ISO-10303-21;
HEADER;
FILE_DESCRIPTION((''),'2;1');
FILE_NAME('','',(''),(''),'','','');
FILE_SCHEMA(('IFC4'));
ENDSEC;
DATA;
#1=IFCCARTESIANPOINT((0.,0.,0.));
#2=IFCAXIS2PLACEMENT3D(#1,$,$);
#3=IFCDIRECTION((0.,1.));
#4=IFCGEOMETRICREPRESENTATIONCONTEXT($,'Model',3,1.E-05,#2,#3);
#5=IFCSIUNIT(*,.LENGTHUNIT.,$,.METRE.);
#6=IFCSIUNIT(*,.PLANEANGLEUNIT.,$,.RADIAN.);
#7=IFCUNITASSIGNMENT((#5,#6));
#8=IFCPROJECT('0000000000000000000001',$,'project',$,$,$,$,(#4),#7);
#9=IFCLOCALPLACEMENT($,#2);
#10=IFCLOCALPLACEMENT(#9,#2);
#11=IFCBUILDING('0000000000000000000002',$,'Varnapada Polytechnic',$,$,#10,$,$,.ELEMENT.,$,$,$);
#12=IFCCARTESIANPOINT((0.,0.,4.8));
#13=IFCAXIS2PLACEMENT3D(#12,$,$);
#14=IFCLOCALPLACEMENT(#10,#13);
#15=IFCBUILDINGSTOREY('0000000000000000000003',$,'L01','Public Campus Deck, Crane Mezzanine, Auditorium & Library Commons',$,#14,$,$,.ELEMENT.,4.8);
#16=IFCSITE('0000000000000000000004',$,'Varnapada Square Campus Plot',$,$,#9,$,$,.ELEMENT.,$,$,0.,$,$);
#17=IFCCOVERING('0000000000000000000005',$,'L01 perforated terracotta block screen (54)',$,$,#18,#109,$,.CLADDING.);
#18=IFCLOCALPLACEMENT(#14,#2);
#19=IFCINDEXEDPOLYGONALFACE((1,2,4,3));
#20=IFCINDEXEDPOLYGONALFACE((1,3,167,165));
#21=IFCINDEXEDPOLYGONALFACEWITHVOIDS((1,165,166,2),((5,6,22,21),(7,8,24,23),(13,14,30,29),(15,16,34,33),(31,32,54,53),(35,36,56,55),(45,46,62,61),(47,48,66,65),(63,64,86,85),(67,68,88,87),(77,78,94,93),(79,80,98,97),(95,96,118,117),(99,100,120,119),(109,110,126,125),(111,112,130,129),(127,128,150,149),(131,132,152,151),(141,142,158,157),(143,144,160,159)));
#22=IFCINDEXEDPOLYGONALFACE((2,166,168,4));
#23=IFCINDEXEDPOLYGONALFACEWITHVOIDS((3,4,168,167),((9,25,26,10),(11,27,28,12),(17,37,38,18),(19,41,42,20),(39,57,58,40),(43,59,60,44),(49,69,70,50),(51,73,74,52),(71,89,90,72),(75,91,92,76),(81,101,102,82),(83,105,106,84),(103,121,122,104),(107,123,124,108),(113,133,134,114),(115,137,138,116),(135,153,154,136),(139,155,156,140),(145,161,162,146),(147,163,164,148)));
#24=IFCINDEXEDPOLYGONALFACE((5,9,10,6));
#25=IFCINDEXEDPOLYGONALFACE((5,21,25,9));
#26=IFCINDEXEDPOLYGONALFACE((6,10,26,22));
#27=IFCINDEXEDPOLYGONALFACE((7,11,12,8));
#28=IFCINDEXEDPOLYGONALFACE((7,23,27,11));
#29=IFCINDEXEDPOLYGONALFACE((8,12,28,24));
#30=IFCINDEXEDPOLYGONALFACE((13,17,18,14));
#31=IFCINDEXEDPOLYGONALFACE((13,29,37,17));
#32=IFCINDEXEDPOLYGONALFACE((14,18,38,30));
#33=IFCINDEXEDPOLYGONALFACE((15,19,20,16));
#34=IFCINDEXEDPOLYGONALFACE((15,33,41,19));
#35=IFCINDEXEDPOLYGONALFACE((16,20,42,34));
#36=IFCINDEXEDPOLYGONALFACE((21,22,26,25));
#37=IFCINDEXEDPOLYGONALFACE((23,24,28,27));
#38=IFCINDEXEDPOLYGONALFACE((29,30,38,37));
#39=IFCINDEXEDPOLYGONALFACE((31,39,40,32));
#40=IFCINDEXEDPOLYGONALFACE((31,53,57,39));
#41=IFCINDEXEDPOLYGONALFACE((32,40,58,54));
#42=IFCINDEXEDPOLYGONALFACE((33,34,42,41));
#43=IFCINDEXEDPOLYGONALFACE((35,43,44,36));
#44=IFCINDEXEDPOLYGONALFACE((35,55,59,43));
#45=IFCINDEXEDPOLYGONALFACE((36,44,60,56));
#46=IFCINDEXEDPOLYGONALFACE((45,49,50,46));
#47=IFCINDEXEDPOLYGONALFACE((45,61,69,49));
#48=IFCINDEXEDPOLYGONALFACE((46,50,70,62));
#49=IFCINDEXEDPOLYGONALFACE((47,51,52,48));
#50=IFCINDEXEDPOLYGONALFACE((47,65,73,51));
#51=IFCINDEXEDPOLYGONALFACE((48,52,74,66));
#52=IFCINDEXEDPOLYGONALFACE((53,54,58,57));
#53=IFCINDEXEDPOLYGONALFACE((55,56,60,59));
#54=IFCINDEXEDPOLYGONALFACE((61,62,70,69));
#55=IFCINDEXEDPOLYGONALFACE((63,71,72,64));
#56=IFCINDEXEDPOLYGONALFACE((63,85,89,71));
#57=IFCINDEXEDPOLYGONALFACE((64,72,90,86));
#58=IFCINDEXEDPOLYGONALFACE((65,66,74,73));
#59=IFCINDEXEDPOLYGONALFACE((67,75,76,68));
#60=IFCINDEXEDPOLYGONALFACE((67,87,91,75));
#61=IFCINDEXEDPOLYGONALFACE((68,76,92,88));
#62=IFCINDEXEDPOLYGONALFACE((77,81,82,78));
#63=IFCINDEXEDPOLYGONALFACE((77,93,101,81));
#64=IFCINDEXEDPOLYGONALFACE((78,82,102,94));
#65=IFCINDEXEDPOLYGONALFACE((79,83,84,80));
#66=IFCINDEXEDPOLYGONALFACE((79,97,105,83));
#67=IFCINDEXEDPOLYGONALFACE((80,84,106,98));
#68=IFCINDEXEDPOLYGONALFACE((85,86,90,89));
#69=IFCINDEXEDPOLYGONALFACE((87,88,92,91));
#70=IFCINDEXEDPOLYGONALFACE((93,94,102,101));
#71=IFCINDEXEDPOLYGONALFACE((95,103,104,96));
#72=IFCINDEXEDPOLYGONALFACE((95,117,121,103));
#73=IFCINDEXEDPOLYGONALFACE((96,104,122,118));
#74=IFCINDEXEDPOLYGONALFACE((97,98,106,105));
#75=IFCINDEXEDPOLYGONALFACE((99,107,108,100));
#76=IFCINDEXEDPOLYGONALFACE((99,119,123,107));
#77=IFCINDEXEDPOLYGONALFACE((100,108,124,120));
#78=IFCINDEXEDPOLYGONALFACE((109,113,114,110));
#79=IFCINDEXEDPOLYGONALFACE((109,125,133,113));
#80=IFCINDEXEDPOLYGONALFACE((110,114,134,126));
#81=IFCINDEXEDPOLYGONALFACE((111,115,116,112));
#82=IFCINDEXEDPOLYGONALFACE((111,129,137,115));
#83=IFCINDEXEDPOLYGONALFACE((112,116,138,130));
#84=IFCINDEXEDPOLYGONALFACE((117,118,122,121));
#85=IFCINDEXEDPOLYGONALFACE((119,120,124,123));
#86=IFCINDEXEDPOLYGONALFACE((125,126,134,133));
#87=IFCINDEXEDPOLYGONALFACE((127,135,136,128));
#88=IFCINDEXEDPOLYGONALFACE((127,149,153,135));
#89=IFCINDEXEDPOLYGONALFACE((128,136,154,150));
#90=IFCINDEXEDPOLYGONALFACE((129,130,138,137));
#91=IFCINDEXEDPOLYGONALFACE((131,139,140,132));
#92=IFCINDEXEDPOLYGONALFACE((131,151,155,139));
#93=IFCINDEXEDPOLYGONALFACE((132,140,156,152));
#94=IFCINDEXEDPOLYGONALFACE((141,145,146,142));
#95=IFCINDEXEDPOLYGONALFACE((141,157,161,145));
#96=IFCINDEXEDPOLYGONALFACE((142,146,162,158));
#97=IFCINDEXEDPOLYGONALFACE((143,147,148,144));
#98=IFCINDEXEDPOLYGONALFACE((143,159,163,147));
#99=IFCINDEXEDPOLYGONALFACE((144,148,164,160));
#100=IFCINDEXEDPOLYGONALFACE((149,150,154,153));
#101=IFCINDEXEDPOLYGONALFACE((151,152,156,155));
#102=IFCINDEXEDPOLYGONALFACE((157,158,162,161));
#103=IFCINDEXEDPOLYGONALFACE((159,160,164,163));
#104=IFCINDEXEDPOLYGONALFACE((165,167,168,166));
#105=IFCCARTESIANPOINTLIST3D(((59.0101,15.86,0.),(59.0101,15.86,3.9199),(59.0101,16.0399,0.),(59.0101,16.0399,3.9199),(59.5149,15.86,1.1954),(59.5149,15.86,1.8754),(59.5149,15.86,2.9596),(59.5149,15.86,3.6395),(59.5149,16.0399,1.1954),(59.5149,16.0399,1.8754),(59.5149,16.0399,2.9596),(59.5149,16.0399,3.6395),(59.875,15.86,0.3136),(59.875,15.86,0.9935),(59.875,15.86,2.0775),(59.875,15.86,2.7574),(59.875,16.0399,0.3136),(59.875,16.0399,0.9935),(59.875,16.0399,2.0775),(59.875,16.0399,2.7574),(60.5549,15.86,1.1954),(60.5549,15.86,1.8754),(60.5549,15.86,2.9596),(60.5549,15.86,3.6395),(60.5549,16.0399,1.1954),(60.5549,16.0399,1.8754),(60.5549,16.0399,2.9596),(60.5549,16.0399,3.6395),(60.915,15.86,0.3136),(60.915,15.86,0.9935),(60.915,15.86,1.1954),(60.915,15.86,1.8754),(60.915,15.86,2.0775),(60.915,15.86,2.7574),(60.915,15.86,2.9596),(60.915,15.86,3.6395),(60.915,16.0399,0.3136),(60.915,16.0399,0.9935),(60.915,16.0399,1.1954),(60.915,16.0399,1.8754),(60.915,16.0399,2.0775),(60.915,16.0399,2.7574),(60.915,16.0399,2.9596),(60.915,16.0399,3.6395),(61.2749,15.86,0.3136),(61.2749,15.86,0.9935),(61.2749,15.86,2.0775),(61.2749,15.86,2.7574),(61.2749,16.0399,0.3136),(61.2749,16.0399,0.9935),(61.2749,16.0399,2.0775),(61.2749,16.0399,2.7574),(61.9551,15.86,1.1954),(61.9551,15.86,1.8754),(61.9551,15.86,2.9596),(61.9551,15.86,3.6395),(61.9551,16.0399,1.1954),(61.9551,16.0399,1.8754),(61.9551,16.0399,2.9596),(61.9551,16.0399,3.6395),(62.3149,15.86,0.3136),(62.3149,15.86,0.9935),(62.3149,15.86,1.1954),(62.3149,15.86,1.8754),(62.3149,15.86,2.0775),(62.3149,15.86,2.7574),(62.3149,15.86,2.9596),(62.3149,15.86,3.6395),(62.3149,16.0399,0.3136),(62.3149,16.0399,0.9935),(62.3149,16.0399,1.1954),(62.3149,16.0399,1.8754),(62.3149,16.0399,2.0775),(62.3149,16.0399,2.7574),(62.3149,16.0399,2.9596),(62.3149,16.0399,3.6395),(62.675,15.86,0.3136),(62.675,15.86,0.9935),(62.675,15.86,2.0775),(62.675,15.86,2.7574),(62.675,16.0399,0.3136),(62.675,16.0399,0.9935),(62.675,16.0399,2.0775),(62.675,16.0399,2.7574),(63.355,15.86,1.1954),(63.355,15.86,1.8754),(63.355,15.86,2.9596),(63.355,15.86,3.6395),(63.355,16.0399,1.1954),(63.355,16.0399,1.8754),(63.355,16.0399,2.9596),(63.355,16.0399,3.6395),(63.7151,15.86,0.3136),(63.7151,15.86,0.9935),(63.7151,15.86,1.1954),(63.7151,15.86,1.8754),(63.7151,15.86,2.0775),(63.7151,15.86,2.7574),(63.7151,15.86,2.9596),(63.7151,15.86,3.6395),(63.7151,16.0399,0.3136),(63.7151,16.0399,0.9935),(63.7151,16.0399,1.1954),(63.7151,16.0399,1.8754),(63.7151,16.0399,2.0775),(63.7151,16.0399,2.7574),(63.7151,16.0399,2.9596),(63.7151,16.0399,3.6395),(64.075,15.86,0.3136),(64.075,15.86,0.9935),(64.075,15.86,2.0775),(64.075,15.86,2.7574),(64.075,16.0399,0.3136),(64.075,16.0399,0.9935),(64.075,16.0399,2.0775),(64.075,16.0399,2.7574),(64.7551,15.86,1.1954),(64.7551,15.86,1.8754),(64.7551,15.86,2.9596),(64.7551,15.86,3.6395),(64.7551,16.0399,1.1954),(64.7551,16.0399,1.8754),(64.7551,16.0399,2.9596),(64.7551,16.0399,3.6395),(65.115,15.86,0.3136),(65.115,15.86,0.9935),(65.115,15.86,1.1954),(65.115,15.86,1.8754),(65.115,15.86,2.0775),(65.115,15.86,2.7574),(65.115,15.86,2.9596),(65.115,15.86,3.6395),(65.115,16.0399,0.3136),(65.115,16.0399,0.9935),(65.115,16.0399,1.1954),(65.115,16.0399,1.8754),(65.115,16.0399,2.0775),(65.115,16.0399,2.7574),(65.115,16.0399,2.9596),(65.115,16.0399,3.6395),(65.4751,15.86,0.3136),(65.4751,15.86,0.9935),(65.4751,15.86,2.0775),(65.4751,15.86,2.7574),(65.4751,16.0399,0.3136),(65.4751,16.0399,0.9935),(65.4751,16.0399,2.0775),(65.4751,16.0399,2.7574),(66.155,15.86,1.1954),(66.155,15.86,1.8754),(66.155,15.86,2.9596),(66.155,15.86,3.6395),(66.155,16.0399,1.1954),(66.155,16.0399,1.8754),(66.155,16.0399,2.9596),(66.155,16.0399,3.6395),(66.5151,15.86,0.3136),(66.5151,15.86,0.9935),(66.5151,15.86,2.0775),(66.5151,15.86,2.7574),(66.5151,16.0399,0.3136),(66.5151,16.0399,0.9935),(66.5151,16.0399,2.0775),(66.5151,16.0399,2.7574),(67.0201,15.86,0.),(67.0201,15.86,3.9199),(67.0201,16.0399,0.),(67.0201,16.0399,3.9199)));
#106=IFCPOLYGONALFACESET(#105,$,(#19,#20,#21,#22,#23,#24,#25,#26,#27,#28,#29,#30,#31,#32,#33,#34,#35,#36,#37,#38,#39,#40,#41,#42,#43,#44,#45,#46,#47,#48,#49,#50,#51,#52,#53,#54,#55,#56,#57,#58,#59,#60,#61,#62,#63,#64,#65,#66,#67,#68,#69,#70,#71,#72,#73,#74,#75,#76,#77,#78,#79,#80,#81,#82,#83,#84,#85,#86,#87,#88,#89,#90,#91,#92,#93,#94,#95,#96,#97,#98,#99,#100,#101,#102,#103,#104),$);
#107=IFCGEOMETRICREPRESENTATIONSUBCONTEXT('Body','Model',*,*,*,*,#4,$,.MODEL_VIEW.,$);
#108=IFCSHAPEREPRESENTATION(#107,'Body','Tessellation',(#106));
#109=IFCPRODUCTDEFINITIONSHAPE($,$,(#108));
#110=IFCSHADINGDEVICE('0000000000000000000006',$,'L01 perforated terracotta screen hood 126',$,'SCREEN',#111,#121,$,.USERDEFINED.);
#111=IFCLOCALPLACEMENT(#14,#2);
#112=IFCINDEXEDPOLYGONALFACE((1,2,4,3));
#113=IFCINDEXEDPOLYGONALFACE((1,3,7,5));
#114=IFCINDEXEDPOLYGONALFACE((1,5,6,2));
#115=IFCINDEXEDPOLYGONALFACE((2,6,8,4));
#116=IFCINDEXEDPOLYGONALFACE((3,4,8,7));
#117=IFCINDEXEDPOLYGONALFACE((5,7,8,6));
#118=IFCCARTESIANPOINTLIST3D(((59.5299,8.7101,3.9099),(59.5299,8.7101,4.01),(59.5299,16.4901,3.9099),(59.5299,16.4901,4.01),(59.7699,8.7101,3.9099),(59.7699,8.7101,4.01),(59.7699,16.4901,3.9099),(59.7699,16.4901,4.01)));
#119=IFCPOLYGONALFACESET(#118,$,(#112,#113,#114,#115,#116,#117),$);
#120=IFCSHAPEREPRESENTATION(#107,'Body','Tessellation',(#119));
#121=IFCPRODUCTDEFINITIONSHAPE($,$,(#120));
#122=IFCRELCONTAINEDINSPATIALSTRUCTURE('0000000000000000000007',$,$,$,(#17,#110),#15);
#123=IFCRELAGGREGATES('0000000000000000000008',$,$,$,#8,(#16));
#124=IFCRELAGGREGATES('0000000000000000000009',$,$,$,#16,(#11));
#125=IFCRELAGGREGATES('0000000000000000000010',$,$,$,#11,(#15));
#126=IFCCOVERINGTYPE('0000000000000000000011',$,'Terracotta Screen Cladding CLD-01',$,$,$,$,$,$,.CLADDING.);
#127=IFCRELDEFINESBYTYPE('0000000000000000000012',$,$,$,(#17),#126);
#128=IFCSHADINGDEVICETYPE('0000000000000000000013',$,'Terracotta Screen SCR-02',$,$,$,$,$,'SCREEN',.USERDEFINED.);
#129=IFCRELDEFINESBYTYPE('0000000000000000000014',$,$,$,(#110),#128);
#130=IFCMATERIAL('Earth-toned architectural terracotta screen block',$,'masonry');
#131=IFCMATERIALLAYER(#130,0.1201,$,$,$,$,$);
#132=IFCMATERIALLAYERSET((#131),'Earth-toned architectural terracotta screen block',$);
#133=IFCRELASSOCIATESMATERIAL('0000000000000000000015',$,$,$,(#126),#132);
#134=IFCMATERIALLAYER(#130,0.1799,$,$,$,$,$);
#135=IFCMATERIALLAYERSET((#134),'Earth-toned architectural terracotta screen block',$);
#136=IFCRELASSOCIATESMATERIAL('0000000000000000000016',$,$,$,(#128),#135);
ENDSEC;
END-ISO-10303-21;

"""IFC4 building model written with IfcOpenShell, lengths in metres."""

from ifc_helpers import new_model, si_unit, direction, frame, frame_2d, origin, origin_2d, place, context, subcontext, project, spatial, rectangle, extrude, material, layer, layer_set, type_object, element, save


model = new_model("IFC4")

# Units and contexts
model_context = context("Model", 3, precision=1e-05, world=origin(), true_north=direction((0.0, 1.0)))
body_context = subcontext(model_context, "Body", "Model", "MODEL_VIEW")
ifc_project = project(units=[si_unit("LENGTHUNIT", "METRE"), si_unit("PLANEANGLEUNIT", "RADIAN")], contexts=[model_context])

# Site, building, storey
site_placement = place(None, origin())
site = spatial("IfcSite", under=ifc_project, at=site_placement, Name="Varnapada Square Campus Plot", CompositionType="ELEMENT", RefElevation=0.0)
building_placement = place(site_placement, origin())
building = spatial("IfcBuilding", under=site, at=building_placement, Name="Varnapada Polytechnic", CompositionType="ELEMENT")
storey_placement = place(building_placement, frame((0.0, 0.0, 4.8)))
storey = spatial("IfcBuildingStorey", under=building, at=storey_placement, Name="L01", Description="Public Campus Deck, Crane Mezzanine, Auditorium & Library Commons", CompositionType="ELEMENT", Elevation=4.8)

# Covering, openings
ifc_material_1 = material(Name="Earth-toned architectural terracotta screen block", Category="masonry")
ifc_layer_1 = layer(ifc_material_1, 0.1201)
ifc_layer_set_1 = layer_set([ifc_layer_1], Name="Earth-toned architectural terracotta screen block")
covering_type = type_object("IfcCoveringType", Name="Terracotta Screen Cladding CLD-01", PredefinedType="CLADDING", material=ifc_layer_set_1)
covering_placement = place(storey_placement, frame((67.02, 15.95, 0.0), z_axis=(0.0, 0.0, 1.0), x_axis=(-1.0, 0.0, 0.0)))
covering = element("IfcCovering", 1, at=covering_placement, inside=storey, type_object=covering_type, Name="L01 perforated terracotta block screen (54)", PredefinedType="CLADDING", context=body_context, shape_type="SweptSolid", body=[
    extrude(rectangle(XDim=8.01, YDim=0.1799, at=frame_2d((4.0049, 0.0))), origin(), (0.0, 0.0, 1.0), 3.9199),
])
opening_1_placement = place(covering_placement, frame((0.5049, 0.0, 0.3137)))
element("IfcOpeningElement", 2, at=opening_1_placement, cuts=covering, PredefinedType="OPENING", context=body_context, shape_type="SweptSolid", body=[
    extrude(rectangle(XDim=1.04, YDim=0.6799, at=frame_2d((0.52, 0.3398))), frame((0.0, 0.0999, 0.0), z_axis=(0.0, -1.0, 0.0), x_axis=(1.0, 0.0, 0.0)), (0.0, 0.0, 1.0), 0.2),
])
opening_2_placement = place(covering_placement, frame((1.905, 0.0, 0.3137)))
element("IfcOpeningElement", 3, at=opening_2_placement, cuts=covering, PredefinedType="OPENING", context=body_context, shape_type="SweptSolid", body=[
    extrude(rectangle(XDim=1.04, YDim=0.6799, at=frame_2d((0.52, 0.3398))), frame((0.0, 0.0999, 0.0), z_axis=(0.0, -1.0, 0.0), x_axis=(1.0, 0.0, 0.0)), (0.0, 0.0, 1.0), 0.2),
])
opening_3_placement = place(covering_placement, frame((3.3049, 0.0, 0.3137)))
element("IfcOpeningElement", 4, at=opening_3_placement, cuts=covering, PredefinedType="OPENING", context=body_context, shape_type="SweptSolid", body=[
    extrude(rectangle(XDim=1.04, YDim=0.6799, at=frame_2d((0.52, 0.3398))), frame((0.0, 0.0999, 0.0), z_axis=(0.0, -1.0, 0.0), x_axis=(1.0, 0.0, 0.0)), (0.0, 0.0, 1.0), 0.2),
])
opening_4_placement = place(covering_placement, frame((4.7051, 0.0, 0.3137)))
element("IfcOpeningElement", 5, at=opening_4_placement, cuts=covering, PredefinedType="OPENING", context=body_context, shape_type="SweptSolid", body=[
    extrude(rectangle(XDim=1.04, YDim=0.6799, at=frame_2d((0.52, 0.3398))), frame((0.0, 0.0999, 0.0), z_axis=(0.0, -1.0, 0.0), x_axis=(1.0, 0.0, 0.0)), (0.0, 0.0, 1.0), 0.2),
])
opening_5_placement = place(covering_placement, frame((6.105, 0.0, 0.3137)))
element("IfcOpeningElement", 6, at=opening_5_placement, cuts=covering, PredefinedType="OPENING", context=body_context, shape_type="SweptSolid", body=[
    extrude(rectangle(XDim=1.04, YDim=0.6799, at=frame_2d((0.52, 0.3398))), frame((0.0, 0.0999, 0.0), z_axis=(0.0, -1.0, 0.0), x_axis=(1.0, 0.0, 0.0)), (0.0, 0.0, 1.0), 0.2),
])
opening_6_placement = place(covering_placement, frame((0.865, 0.0, 1.1956)))
element("IfcOpeningElement", 7, at=opening_6_placement, cuts=covering, PredefinedType="OPENING", context=body_context, shape_type="SweptSolid", body=[
    extrude(rectangle(XDim=1.04, YDim=0.6799, at=frame_2d((0.52, 0.3398))), frame((0.0, 0.0999, 0.0), z_axis=(0.0, -1.0, 0.0), x_axis=(1.0, 0.0, 0.0)), (0.0, 0.0, 1.0), 0.2),
])
opening_7_placement = place(covering_placement, frame((2.2649, 0.0, 1.1956)))
element("IfcOpeningElement", 8, at=opening_7_placement, cuts=covering, PredefinedType="OPENING", context=body_context, shape_type="SweptSolid", body=[
    extrude(rectangle(XDim=1.04, YDim=0.6799, at=frame_2d((0.52, 0.3398))), frame((0.0, 0.0999, 0.0), z_axis=(0.0, -1.0, 0.0), x_axis=(1.0, 0.0, 0.0)), (0.0, 0.0, 1.0), 0.2),
])
opening_8_placement = place(covering_placement, frame((3.665, 0.0, 1.1956)))
element("IfcOpeningElement", 9, at=opening_8_placement, cuts=covering, PredefinedType="OPENING", context=body_context, shape_type="SweptSolid", body=[
    extrude(rectangle(XDim=1.04, YDim=0.6799, at=frame_2d((0.52, 0.3398))), frame((0.0, 0.0999, 0.0), z_axis=(0.0, -1.0, 0.0), x_axis=(1.0, 0.0, 0.0)), (0.0, 0.0, 1.0), 0.2),
])
opening_9_placement = place(covering_placement, frame((5.0649, 0.0, 1.1956)))
element("IfcOpeningElement", 10, at=opening_9_placement, cuts=covering, PredefinedType="OPENING", context=body_context, shape_type="SweptSolid", body=[
    extrude(rectangle(XDim=1.04, YDim=0.6799, at=frame_2d((0.52, 0.3398))), frame((0.0, 0.0999, 0.0), z_axis=(0.0, -1.0, 0.0), x_axis=(1.0, 0.0, 0.0)), (0.0, 0.0, 1.0), 0.2),
])
opening_10_placement = place(covering_placement, frame((6.4651, 0.0, 1.1956)))
element("IfcOpeningElement", 11, at=opening_10_placement, cuts=covering, PredefinedType="OPENING", context=body_context, shape_type="SweptSolid", body=[
    extrude(rectangle(XDim=1.04, YDim=0.6799, at=frame_2d((0.52, 0.3398))), frame((0.0, 0.0999, 0.0), z_axis=(0.0, -1.0, 0.0), x_axis=(1.0, 0.0, 0.0)), (0.0, 0.0, 1.0), 0.2),
])
opening_11_placement = place(covering_placement, frame((0.5049, 0.0, 2.0776)))
element("IfcOpeningElement", 12, at=opening_11_placement, cuts=covering, PredefinedType="OPENING", context=body_context, shape_type="SweptSolid", body=[
    extrude(rectangle(XDim=1.04, YDim=0.6799, at=frame_2d((0.52, 0.3398))), frame((0.0, 0.0999, 0.0), z_axis=(0.0, -1.0, 0.0), x_axis=(1.0, 0.0, 0.0)), (0.0, 0.0, 1.0), 0.2),
])
opening_12_placement = place(covering_placement, frame((1.905, 0.0, 2.0776)))
element("IfcOpeningElement", 13, at=opening_12_placement, cuts=covering, PredefinedType="OPENING", context=body_context, shape_type="SweptSolid", body=[
    extrude(rectangle(XDim=1.04, YDim=0.6799, at=frame_2d((0.52, 0.3398))), frame((0.0, 0.0999, 0.0), z_axis=(0.0, -1.0, 0.0), x_axis=(1.0, 0.0, 0.0)), (0.0, 0.0, 1.0), 0.2),
])
opening_13_placement = place(covering_placement, frame((3.3049, 0.0, 2.0776)))
element("IfcOpeningElement", 14, at=opening_13_placement, cuts=covering, PredefinedType="OPENING", context=body_context, shape_type="SweptSolid", body=[
    extrude(rectangle(XDim=1.04, YDim=0.6799, at=frame_2d((0.52, 0.3398))), frame((0.0, 0.0999, 0.0), z_axis=(0.0, -1.0, 0.0), x_axis=(1.0, 0.0, 0.0)), (0.0, 0.0, 1.0), 0.2),
])
opening_14_placement = place(covering_placement, frame((4.7051, 0.0, 2.0776)))
element("IfcOpeningElement", 15, at=opening_14_placement, cuts=covering, PredefinedType="OPENING", context=body_context, shape_type="SweptSolid", body=[
    extrude(rectangle(XDim=1.04, YDim=0.6799, at=frame_2d((0.52, 0.3398))), frame((0.0, 0.0999, 0.0), z_axis=(0.0, -1.0, 0.0), x_axis=(1.0, 0.0, 0.0)), (0.0, 0.0, 1.0), 0.2),
])
opening_15_placement = place(covering_placement, frame((6.105, 0.0, 2.0776)))
element("IfcOpeningElement", 16, at=opening_15_placement, cuts=covering, PredefinedType="OPENING", context=body_context, shape_type="SweptSolid", body=[
    extrude(rectangle(XDim=1.04, YDim=0.6799, at=frame_2d((0.52, 0.3398))), frame((0.0, 0.0999, 0.0), z_axis=(0.0, -1.0, 0.0), x_axis=(1.0, 0.0, 0.0)), (0.0, 0.0, 1.0), 0.2),
])
opening_16_placement = place(covering_placement, frame((0.865, 0.0, 2.9597)))
element("IfcOpeningElement", 17, at=opening_16_placement, cuts=covering, PredefinedType="OPENING", context=body_context, shape_type="SweptSolid", body=[
    extrude(rectangle(XDim=1.04, YDim=0.6799, at=frame_2d((0.52, 0.3398))), frame((0.0, 0.0999, 0.0), z_axis=(0.0, -1.0, 0.0), x_axis=(1.0, 0.0, 0.0)), (0.0, 0.0, 1.0), 0.2),
])
opening_17_placement = place(covering_placement, frame((2.2649, 0.0, 2.9597)))
element("IfcOpeningElement", 18, at=opening_17_placement, cuts=covering, PredefinedType="OPENING", context=body_context, shape_type="SweptSolid", body=[
    extrude(rectangle(XDim=1.04, YDim=0.6799, at=frame_2d((0.52, 0.3398))), frame((0.0, 0.0999, 0.0), z_axis=(0.0, -1.0, 0.0), x_axis=(1.0, 0.0, 0.0)), (0.0, 0.0, 1.0), 0.2),
])
opening_18_placement = place(covering_placement, frame((3.665, 0.0, 2.9597)))
element("IfcOpeningElement", 19, at=opening_18_placement, cuts=covering, PredefinedType="OPENING", context=body_context, shape_type="SweptSolid", body=[
    extrude(rectangle(XDim=1.04, YDim=0.6799, at=frame_2d((0.52, 0.3398))), frame((0.0, 0.0999, 0.0), z_axis=(0.0, -1.0, 0.0), x_axis=(1.0, 0.0, 0.0)), (0.0, 0.0, 1.0), 0.2),
])
opening_19_placement = place(covering_placement, frame((5.0649, 0.0, 2.9597)))
element("IfcOpeningElement", 20, at=opening_19_placement, cuts=covering, PredefinedType="OPENING", context=body_context, shape_type="SweptSolid", body=[
    extrude(rectangle(XDim=1.04, YDim=0.6799, at=frame_2d((0.52, 0.3398))), frame((0.0, 0.0999, 0.0), z_axis=(0.0, -1.0, 0.0), x_axis=(1.0, 0.0, 0.0)), (0.0, 0.0, 1.0), 0.2),
])
opening_20_placement = place(covering_placement, frame((6.4651, 0.0, 2.9597)))
element("IfcOpeningElement", 21, at=opening_20_placement, cuts=covering, PredefinedType="OPENING", context=body_context, shape_type="SweptSolid", body=[
    extrude(rectangle(XDim=1.04, YDim=0.6799, at=frame_2d((0.52, 0.3398))), frame((0.0, 0.0999, 0.0), z_axis=(0.0, -1.0, 0.0), x_axis=(1.0, 0.0, 0.0)), (0.0, 0.0, 1.0), 0.2),
])

# Shading device
ifc_layer_2 = layer(ifc_material_1, 0.1799)
ifc_layer_set_2 = layer_set([ifc_layer_2], Name="Earth-toned architectural terracotta screen block")
shading_device_type = type_object("IfcShadingDeviceType", Name="Terracotta Screen SCR-02", ElementType="SCREEN", PredefinedType="USERDEFINED", material=ifc_layer_set_2)
shading_device_1_placement = place(storey_placement, frame((59.6499, 12.6001, 3.9099), z_axis=(0.0, 0.0, 1.0), x_axis=(0.0, -1.0, 0.0)))
element("IfcShadingDevice", 22, at=shading_device_1_placement, inside=storey, type_object=shading_device_type, Name="L01 perforated terracotta screen hood 126", ObjectType="SCREEN", PredefinedType="USERDEFINED", context=body_context, shape_type="SweptSolid", body=[
    extrude(rectangle(XDim=7.78, YDim=0.24, at=origin_2d()), origin(), (0.0, 0.0, 1.0), 0.1001),
])

save(model, "model.ifc")
